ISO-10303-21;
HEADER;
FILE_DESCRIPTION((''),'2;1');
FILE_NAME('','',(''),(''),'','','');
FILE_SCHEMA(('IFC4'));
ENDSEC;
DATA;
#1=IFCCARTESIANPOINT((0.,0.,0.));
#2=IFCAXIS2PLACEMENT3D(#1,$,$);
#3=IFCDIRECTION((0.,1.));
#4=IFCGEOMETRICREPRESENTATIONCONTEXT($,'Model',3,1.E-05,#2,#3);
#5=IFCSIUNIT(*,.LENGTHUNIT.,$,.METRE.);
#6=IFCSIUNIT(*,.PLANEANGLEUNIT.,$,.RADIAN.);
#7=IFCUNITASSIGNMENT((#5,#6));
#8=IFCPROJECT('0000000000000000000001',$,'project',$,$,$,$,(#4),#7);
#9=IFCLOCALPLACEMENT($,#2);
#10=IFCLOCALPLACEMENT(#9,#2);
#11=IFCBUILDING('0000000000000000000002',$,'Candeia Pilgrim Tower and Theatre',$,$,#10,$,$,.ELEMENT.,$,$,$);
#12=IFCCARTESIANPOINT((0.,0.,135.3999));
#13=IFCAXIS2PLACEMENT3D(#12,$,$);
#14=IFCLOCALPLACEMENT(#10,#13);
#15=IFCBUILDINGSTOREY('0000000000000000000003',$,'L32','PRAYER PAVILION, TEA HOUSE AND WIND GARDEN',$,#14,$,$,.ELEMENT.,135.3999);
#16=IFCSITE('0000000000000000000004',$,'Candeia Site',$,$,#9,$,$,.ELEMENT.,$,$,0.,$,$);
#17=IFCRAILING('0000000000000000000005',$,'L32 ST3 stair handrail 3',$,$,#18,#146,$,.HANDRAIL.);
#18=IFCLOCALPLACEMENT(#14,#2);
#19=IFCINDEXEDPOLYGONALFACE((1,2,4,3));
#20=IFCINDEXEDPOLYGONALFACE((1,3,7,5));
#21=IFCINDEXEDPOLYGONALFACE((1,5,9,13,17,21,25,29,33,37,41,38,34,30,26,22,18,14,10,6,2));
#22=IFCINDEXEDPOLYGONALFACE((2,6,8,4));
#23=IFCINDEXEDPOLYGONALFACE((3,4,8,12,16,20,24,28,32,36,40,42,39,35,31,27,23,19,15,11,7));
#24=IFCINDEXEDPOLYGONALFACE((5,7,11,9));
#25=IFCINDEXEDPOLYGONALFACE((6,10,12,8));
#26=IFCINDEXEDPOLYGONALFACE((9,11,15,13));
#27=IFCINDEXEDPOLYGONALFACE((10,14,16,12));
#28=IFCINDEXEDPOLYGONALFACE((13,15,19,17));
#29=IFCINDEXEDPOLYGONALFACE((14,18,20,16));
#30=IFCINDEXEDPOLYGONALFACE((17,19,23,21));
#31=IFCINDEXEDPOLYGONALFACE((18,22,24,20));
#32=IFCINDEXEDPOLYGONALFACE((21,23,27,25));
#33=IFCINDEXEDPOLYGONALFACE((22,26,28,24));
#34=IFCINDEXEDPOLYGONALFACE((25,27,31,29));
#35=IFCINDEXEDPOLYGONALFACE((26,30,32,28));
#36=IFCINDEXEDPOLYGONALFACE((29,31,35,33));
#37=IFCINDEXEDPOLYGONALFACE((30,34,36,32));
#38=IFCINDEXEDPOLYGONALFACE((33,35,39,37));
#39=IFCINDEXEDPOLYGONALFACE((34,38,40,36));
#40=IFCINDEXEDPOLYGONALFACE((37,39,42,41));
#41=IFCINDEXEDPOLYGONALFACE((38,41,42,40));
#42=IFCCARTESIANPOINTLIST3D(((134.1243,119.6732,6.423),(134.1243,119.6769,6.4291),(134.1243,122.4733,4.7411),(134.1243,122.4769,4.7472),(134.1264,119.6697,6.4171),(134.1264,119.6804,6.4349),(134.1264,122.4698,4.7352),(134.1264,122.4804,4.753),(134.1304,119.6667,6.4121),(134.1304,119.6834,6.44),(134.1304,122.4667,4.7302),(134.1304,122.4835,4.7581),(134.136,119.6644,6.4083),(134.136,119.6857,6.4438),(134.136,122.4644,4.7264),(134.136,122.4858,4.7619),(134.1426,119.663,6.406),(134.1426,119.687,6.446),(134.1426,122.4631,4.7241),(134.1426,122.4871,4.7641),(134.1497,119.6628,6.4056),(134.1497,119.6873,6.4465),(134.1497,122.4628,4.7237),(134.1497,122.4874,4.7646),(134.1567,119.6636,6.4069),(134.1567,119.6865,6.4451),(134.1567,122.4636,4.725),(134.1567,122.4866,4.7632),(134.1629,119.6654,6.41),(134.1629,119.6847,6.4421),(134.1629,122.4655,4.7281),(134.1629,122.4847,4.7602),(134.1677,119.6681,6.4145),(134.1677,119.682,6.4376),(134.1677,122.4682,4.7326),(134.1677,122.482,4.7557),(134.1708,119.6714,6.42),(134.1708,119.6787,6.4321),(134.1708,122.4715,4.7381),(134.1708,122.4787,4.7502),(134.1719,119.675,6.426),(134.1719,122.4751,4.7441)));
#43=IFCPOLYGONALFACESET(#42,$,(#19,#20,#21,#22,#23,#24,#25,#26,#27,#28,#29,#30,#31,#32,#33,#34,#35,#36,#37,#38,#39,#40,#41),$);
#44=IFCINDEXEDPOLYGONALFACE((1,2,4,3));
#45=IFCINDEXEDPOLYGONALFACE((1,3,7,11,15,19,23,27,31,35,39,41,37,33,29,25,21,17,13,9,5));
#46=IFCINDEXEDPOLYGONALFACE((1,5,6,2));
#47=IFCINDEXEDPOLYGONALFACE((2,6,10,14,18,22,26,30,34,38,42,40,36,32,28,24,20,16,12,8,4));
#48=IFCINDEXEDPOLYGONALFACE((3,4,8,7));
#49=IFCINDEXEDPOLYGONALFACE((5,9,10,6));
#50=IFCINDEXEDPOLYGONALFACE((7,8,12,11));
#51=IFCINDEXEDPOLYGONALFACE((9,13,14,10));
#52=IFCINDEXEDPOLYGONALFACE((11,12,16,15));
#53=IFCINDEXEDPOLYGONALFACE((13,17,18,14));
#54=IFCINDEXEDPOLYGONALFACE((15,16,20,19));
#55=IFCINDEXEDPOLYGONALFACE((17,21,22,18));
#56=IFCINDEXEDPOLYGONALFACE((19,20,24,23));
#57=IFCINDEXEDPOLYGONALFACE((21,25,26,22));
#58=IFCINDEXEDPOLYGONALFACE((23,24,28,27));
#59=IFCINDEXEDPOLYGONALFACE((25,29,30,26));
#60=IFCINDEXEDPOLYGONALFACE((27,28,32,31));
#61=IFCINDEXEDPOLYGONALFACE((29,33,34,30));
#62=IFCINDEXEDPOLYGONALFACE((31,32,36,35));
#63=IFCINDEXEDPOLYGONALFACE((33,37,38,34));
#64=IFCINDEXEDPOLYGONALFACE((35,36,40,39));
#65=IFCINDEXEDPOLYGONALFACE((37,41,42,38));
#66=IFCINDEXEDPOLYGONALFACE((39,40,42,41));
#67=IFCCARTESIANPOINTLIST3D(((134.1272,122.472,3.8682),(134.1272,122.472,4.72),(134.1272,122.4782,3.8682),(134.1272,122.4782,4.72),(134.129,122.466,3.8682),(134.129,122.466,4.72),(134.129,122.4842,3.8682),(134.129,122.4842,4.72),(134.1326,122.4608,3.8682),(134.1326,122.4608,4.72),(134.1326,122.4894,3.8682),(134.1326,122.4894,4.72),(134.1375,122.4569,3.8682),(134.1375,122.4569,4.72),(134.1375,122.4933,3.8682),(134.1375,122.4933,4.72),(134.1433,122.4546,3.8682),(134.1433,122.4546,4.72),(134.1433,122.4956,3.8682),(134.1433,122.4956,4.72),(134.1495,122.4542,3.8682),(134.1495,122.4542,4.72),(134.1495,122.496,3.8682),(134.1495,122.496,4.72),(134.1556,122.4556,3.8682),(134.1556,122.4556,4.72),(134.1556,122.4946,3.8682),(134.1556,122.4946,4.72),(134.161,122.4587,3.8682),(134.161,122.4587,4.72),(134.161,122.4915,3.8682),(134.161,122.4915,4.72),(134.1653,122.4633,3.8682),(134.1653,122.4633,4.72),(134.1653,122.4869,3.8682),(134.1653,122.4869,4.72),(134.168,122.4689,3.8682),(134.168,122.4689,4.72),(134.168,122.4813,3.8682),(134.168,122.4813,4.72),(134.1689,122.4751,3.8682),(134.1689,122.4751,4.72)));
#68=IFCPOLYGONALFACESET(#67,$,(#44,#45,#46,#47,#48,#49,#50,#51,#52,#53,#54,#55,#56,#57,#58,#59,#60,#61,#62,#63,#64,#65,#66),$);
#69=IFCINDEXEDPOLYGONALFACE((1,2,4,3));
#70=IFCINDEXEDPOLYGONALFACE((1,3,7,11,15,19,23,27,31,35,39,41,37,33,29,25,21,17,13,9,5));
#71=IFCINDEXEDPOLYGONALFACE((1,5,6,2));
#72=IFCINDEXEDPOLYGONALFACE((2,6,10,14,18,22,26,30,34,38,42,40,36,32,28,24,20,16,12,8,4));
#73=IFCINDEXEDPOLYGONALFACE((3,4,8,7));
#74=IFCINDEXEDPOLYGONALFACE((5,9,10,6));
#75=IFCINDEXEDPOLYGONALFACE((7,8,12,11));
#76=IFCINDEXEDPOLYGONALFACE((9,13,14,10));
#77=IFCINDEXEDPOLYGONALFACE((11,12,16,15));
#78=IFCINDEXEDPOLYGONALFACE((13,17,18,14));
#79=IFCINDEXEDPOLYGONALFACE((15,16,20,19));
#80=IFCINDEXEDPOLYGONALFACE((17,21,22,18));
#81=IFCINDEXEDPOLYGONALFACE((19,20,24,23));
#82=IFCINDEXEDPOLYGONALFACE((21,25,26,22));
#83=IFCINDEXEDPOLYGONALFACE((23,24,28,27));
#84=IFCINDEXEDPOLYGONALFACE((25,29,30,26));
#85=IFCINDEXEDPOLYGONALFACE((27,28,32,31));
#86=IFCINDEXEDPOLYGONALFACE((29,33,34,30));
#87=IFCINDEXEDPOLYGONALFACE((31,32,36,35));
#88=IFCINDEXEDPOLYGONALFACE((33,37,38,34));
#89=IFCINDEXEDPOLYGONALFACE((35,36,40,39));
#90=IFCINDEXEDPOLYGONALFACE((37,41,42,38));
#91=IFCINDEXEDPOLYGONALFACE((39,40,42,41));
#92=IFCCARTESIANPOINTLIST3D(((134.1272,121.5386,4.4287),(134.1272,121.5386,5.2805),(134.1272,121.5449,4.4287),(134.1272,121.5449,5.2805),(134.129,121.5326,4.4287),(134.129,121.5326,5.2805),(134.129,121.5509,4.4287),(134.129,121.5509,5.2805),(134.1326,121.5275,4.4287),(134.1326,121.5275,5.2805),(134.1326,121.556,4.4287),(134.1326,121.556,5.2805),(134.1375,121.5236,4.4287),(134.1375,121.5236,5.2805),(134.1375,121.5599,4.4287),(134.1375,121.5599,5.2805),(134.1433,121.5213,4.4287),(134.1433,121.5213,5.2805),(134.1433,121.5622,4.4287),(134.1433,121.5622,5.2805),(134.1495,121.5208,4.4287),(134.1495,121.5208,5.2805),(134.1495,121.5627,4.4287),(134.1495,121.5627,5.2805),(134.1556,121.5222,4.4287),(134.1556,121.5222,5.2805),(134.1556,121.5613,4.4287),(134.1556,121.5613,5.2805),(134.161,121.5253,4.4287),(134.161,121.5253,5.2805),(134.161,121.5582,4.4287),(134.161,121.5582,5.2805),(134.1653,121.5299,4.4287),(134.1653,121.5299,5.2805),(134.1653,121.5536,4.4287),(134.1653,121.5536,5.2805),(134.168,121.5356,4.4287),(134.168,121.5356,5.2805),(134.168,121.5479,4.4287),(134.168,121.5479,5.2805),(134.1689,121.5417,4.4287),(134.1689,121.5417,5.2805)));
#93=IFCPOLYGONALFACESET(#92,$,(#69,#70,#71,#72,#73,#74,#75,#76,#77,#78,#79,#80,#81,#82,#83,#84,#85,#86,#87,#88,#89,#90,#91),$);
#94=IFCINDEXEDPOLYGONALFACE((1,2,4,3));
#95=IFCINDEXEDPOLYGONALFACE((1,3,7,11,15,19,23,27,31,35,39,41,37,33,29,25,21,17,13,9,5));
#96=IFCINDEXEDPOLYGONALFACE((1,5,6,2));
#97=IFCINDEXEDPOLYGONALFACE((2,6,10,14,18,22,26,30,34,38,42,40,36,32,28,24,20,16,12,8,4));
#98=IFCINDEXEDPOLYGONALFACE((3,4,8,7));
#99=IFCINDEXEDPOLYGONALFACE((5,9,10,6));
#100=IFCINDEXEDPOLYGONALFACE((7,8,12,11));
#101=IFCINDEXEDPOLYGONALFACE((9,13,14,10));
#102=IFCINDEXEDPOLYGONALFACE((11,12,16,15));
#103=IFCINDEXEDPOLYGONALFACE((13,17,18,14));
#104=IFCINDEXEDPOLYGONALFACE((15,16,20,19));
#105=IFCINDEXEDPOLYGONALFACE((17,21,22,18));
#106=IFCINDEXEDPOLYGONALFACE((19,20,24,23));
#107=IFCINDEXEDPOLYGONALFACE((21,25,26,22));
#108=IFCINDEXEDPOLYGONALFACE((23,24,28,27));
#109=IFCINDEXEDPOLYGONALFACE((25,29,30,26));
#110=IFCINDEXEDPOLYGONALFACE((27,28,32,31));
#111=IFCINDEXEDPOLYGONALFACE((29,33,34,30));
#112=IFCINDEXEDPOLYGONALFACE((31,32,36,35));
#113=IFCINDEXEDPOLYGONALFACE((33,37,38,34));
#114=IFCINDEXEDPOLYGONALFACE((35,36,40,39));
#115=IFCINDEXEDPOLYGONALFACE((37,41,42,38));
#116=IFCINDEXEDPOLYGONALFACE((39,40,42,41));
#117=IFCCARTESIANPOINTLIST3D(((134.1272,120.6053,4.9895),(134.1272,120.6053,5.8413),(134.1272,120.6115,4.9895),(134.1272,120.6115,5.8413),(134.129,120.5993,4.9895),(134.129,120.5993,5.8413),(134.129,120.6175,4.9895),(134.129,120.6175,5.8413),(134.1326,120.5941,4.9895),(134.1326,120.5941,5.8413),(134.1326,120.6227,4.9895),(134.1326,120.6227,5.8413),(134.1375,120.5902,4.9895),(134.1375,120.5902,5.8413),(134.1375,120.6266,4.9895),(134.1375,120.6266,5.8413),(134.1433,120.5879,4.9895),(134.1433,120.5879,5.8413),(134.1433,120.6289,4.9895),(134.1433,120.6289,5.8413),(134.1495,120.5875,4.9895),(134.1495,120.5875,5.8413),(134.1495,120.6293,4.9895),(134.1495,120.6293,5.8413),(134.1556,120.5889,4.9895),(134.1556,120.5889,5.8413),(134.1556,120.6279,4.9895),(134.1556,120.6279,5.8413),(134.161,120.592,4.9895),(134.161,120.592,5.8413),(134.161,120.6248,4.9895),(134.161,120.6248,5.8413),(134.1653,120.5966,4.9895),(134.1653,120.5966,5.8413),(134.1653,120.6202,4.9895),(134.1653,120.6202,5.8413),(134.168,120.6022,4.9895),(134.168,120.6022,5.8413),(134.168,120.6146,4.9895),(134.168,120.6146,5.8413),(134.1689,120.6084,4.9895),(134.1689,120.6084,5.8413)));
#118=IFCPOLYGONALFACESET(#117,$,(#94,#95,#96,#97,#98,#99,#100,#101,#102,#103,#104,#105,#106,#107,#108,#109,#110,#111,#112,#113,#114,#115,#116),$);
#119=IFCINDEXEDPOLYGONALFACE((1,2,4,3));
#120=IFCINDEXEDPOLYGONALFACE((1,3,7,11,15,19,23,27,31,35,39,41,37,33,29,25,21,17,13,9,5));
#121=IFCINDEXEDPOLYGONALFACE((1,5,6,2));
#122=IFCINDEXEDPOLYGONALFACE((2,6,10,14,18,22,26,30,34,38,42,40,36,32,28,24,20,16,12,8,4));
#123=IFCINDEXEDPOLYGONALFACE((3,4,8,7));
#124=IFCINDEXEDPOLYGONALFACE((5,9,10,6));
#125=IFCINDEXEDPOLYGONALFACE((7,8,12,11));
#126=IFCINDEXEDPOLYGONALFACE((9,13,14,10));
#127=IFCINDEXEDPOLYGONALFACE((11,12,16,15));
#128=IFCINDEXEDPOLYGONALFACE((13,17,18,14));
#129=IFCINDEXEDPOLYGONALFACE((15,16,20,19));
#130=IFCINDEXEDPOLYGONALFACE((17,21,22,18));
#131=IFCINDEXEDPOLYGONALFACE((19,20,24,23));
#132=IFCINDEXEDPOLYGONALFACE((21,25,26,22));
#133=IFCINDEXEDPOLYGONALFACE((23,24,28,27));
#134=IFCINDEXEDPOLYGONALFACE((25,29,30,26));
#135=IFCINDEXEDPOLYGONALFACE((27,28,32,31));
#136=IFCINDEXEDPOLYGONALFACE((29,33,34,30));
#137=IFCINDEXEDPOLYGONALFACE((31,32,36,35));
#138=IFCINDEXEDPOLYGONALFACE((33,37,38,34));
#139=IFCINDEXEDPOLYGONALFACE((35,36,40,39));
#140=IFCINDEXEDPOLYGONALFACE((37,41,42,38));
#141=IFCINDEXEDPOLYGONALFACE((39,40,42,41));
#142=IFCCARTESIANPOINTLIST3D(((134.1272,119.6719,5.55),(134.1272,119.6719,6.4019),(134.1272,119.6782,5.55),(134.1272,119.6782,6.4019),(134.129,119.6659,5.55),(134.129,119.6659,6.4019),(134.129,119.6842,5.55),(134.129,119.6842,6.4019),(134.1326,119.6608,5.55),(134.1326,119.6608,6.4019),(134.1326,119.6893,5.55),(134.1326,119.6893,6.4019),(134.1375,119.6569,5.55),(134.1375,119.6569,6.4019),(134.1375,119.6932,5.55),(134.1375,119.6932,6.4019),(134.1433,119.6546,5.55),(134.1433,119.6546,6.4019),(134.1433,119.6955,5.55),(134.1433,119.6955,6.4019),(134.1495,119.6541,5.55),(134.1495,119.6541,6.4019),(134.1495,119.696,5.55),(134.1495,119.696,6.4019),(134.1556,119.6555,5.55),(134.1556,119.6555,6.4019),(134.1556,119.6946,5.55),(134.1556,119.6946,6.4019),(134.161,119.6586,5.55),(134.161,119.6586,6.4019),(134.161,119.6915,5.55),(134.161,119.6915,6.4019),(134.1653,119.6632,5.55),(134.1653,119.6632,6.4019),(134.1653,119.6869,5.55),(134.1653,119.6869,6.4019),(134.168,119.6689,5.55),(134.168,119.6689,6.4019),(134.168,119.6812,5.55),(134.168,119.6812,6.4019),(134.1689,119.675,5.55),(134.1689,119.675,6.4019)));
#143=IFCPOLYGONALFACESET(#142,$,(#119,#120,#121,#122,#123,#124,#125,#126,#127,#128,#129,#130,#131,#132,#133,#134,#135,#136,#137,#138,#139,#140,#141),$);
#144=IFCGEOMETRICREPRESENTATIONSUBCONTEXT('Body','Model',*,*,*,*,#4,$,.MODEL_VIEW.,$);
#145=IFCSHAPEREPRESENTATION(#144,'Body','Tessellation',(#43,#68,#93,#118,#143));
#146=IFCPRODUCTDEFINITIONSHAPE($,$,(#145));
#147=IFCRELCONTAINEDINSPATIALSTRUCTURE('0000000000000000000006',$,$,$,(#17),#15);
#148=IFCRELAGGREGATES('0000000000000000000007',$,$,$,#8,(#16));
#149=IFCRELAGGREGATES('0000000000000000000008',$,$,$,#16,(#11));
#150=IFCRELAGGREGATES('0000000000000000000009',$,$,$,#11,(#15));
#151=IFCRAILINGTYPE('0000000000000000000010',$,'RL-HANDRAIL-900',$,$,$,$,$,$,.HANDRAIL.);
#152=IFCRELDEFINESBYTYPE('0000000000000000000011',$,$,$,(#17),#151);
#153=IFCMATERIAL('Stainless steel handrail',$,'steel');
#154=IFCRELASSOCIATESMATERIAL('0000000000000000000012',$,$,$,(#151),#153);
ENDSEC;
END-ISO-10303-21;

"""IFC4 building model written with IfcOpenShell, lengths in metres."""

from ifc_helpers import new_model, si_unit, direction, frame, origin, origin_2d, place, context, subcontext, project, spatial, circle, extrude, material, type_object, element, save


model = new_model("IFC4")

# Units and contexts
model_context = context("Model", 3, precision=1e-05, world=origin(), true_north=direction((0.0, 1.0)))
body_context = subcontext(model_context, "Body", "Model", "MODEL_VIEW")
ifc_project = project(units=[si_unit("LENGTHUNIT", "METRE"), si_unit("PLANEANGLEUNIT", "RADIAN")], contexts=[model_context])

# Site, building, storey
site_placement = place(None, origin())
site = spatial("IfcSite", under=ifc_project, at=site_placement, Name="Candeia Site", CompositionType="ELEMENT", RefElevation=0.0)
building_placement = place(site_placement, origin())
building = spatial("IfcBuilding", under=site, at=building_placement, Name="Candeia Pilgrim Tower and Theatre", CompositionType="ELEMENT")
storey_placement = place(building_placement, frame((0.0, 0.0, 135.3999)))
storey = spatial("IfcBuildingStorey", under=building, at=storey_placement, Name="L32", Description="PRAYER PAVILION, TEA HOUSE AND WIND GARDEN", CompositionType="ELEMENT", Elevation=135.3999)

# Railing
ifc_material_1 = material(Name="Stainless steel handrail", Category="steel")
railing_type_1 = type_object("IfcRailingType", Name="RL-HANDRAIL-900", PredefinedType="HANDRAIL", material=ifc_material_1)
railing_1_placement = place(storey_placement, frame((134.1479, 122.4751, 3.8682)))
element("IfcRailing", 1, at=railing_1_placement, inside=storey, type_object=railing_type_1, Name="L32 ST3 stair handrail 3", PredefinedType="HANDRAIL", context=body_context, shape_type="SweptSolid", body=[
    extrude(circle(Radius=0.0239, at=origin_2d()), frame((0.0, 0.0, 0.876), z_axis=(0.0, -0.857242, 0.514913), x_axis=(1.0, 0.0, 0.0)), (0.0, 0.0, 1.0), 3.2664),
    extrude(circle(Radius=0.021, at=origin_2d()), origin(), (0.0, 0.0, 1.0), 0.8518),
    extrude(circle(Radius=0.021, at=origin_2d()), frame((0.0, -0.9333, 0.5605)), (0.0, 0.0, 1.0), 0.8518),
    extrude(circle(Radius=0.021, at=origin_2d()), frame((0.0, -1.8667, 1.1213)), (0.0, 0.0, 1.0), 0.8518),
    extrude(circle(Radius=0.021, at=origin_2d()), frame((0.0, -2.8, 1.6819)), (0.0, 0.0, 1.0), 0.8518),
])

save(model, "model.ifc")
